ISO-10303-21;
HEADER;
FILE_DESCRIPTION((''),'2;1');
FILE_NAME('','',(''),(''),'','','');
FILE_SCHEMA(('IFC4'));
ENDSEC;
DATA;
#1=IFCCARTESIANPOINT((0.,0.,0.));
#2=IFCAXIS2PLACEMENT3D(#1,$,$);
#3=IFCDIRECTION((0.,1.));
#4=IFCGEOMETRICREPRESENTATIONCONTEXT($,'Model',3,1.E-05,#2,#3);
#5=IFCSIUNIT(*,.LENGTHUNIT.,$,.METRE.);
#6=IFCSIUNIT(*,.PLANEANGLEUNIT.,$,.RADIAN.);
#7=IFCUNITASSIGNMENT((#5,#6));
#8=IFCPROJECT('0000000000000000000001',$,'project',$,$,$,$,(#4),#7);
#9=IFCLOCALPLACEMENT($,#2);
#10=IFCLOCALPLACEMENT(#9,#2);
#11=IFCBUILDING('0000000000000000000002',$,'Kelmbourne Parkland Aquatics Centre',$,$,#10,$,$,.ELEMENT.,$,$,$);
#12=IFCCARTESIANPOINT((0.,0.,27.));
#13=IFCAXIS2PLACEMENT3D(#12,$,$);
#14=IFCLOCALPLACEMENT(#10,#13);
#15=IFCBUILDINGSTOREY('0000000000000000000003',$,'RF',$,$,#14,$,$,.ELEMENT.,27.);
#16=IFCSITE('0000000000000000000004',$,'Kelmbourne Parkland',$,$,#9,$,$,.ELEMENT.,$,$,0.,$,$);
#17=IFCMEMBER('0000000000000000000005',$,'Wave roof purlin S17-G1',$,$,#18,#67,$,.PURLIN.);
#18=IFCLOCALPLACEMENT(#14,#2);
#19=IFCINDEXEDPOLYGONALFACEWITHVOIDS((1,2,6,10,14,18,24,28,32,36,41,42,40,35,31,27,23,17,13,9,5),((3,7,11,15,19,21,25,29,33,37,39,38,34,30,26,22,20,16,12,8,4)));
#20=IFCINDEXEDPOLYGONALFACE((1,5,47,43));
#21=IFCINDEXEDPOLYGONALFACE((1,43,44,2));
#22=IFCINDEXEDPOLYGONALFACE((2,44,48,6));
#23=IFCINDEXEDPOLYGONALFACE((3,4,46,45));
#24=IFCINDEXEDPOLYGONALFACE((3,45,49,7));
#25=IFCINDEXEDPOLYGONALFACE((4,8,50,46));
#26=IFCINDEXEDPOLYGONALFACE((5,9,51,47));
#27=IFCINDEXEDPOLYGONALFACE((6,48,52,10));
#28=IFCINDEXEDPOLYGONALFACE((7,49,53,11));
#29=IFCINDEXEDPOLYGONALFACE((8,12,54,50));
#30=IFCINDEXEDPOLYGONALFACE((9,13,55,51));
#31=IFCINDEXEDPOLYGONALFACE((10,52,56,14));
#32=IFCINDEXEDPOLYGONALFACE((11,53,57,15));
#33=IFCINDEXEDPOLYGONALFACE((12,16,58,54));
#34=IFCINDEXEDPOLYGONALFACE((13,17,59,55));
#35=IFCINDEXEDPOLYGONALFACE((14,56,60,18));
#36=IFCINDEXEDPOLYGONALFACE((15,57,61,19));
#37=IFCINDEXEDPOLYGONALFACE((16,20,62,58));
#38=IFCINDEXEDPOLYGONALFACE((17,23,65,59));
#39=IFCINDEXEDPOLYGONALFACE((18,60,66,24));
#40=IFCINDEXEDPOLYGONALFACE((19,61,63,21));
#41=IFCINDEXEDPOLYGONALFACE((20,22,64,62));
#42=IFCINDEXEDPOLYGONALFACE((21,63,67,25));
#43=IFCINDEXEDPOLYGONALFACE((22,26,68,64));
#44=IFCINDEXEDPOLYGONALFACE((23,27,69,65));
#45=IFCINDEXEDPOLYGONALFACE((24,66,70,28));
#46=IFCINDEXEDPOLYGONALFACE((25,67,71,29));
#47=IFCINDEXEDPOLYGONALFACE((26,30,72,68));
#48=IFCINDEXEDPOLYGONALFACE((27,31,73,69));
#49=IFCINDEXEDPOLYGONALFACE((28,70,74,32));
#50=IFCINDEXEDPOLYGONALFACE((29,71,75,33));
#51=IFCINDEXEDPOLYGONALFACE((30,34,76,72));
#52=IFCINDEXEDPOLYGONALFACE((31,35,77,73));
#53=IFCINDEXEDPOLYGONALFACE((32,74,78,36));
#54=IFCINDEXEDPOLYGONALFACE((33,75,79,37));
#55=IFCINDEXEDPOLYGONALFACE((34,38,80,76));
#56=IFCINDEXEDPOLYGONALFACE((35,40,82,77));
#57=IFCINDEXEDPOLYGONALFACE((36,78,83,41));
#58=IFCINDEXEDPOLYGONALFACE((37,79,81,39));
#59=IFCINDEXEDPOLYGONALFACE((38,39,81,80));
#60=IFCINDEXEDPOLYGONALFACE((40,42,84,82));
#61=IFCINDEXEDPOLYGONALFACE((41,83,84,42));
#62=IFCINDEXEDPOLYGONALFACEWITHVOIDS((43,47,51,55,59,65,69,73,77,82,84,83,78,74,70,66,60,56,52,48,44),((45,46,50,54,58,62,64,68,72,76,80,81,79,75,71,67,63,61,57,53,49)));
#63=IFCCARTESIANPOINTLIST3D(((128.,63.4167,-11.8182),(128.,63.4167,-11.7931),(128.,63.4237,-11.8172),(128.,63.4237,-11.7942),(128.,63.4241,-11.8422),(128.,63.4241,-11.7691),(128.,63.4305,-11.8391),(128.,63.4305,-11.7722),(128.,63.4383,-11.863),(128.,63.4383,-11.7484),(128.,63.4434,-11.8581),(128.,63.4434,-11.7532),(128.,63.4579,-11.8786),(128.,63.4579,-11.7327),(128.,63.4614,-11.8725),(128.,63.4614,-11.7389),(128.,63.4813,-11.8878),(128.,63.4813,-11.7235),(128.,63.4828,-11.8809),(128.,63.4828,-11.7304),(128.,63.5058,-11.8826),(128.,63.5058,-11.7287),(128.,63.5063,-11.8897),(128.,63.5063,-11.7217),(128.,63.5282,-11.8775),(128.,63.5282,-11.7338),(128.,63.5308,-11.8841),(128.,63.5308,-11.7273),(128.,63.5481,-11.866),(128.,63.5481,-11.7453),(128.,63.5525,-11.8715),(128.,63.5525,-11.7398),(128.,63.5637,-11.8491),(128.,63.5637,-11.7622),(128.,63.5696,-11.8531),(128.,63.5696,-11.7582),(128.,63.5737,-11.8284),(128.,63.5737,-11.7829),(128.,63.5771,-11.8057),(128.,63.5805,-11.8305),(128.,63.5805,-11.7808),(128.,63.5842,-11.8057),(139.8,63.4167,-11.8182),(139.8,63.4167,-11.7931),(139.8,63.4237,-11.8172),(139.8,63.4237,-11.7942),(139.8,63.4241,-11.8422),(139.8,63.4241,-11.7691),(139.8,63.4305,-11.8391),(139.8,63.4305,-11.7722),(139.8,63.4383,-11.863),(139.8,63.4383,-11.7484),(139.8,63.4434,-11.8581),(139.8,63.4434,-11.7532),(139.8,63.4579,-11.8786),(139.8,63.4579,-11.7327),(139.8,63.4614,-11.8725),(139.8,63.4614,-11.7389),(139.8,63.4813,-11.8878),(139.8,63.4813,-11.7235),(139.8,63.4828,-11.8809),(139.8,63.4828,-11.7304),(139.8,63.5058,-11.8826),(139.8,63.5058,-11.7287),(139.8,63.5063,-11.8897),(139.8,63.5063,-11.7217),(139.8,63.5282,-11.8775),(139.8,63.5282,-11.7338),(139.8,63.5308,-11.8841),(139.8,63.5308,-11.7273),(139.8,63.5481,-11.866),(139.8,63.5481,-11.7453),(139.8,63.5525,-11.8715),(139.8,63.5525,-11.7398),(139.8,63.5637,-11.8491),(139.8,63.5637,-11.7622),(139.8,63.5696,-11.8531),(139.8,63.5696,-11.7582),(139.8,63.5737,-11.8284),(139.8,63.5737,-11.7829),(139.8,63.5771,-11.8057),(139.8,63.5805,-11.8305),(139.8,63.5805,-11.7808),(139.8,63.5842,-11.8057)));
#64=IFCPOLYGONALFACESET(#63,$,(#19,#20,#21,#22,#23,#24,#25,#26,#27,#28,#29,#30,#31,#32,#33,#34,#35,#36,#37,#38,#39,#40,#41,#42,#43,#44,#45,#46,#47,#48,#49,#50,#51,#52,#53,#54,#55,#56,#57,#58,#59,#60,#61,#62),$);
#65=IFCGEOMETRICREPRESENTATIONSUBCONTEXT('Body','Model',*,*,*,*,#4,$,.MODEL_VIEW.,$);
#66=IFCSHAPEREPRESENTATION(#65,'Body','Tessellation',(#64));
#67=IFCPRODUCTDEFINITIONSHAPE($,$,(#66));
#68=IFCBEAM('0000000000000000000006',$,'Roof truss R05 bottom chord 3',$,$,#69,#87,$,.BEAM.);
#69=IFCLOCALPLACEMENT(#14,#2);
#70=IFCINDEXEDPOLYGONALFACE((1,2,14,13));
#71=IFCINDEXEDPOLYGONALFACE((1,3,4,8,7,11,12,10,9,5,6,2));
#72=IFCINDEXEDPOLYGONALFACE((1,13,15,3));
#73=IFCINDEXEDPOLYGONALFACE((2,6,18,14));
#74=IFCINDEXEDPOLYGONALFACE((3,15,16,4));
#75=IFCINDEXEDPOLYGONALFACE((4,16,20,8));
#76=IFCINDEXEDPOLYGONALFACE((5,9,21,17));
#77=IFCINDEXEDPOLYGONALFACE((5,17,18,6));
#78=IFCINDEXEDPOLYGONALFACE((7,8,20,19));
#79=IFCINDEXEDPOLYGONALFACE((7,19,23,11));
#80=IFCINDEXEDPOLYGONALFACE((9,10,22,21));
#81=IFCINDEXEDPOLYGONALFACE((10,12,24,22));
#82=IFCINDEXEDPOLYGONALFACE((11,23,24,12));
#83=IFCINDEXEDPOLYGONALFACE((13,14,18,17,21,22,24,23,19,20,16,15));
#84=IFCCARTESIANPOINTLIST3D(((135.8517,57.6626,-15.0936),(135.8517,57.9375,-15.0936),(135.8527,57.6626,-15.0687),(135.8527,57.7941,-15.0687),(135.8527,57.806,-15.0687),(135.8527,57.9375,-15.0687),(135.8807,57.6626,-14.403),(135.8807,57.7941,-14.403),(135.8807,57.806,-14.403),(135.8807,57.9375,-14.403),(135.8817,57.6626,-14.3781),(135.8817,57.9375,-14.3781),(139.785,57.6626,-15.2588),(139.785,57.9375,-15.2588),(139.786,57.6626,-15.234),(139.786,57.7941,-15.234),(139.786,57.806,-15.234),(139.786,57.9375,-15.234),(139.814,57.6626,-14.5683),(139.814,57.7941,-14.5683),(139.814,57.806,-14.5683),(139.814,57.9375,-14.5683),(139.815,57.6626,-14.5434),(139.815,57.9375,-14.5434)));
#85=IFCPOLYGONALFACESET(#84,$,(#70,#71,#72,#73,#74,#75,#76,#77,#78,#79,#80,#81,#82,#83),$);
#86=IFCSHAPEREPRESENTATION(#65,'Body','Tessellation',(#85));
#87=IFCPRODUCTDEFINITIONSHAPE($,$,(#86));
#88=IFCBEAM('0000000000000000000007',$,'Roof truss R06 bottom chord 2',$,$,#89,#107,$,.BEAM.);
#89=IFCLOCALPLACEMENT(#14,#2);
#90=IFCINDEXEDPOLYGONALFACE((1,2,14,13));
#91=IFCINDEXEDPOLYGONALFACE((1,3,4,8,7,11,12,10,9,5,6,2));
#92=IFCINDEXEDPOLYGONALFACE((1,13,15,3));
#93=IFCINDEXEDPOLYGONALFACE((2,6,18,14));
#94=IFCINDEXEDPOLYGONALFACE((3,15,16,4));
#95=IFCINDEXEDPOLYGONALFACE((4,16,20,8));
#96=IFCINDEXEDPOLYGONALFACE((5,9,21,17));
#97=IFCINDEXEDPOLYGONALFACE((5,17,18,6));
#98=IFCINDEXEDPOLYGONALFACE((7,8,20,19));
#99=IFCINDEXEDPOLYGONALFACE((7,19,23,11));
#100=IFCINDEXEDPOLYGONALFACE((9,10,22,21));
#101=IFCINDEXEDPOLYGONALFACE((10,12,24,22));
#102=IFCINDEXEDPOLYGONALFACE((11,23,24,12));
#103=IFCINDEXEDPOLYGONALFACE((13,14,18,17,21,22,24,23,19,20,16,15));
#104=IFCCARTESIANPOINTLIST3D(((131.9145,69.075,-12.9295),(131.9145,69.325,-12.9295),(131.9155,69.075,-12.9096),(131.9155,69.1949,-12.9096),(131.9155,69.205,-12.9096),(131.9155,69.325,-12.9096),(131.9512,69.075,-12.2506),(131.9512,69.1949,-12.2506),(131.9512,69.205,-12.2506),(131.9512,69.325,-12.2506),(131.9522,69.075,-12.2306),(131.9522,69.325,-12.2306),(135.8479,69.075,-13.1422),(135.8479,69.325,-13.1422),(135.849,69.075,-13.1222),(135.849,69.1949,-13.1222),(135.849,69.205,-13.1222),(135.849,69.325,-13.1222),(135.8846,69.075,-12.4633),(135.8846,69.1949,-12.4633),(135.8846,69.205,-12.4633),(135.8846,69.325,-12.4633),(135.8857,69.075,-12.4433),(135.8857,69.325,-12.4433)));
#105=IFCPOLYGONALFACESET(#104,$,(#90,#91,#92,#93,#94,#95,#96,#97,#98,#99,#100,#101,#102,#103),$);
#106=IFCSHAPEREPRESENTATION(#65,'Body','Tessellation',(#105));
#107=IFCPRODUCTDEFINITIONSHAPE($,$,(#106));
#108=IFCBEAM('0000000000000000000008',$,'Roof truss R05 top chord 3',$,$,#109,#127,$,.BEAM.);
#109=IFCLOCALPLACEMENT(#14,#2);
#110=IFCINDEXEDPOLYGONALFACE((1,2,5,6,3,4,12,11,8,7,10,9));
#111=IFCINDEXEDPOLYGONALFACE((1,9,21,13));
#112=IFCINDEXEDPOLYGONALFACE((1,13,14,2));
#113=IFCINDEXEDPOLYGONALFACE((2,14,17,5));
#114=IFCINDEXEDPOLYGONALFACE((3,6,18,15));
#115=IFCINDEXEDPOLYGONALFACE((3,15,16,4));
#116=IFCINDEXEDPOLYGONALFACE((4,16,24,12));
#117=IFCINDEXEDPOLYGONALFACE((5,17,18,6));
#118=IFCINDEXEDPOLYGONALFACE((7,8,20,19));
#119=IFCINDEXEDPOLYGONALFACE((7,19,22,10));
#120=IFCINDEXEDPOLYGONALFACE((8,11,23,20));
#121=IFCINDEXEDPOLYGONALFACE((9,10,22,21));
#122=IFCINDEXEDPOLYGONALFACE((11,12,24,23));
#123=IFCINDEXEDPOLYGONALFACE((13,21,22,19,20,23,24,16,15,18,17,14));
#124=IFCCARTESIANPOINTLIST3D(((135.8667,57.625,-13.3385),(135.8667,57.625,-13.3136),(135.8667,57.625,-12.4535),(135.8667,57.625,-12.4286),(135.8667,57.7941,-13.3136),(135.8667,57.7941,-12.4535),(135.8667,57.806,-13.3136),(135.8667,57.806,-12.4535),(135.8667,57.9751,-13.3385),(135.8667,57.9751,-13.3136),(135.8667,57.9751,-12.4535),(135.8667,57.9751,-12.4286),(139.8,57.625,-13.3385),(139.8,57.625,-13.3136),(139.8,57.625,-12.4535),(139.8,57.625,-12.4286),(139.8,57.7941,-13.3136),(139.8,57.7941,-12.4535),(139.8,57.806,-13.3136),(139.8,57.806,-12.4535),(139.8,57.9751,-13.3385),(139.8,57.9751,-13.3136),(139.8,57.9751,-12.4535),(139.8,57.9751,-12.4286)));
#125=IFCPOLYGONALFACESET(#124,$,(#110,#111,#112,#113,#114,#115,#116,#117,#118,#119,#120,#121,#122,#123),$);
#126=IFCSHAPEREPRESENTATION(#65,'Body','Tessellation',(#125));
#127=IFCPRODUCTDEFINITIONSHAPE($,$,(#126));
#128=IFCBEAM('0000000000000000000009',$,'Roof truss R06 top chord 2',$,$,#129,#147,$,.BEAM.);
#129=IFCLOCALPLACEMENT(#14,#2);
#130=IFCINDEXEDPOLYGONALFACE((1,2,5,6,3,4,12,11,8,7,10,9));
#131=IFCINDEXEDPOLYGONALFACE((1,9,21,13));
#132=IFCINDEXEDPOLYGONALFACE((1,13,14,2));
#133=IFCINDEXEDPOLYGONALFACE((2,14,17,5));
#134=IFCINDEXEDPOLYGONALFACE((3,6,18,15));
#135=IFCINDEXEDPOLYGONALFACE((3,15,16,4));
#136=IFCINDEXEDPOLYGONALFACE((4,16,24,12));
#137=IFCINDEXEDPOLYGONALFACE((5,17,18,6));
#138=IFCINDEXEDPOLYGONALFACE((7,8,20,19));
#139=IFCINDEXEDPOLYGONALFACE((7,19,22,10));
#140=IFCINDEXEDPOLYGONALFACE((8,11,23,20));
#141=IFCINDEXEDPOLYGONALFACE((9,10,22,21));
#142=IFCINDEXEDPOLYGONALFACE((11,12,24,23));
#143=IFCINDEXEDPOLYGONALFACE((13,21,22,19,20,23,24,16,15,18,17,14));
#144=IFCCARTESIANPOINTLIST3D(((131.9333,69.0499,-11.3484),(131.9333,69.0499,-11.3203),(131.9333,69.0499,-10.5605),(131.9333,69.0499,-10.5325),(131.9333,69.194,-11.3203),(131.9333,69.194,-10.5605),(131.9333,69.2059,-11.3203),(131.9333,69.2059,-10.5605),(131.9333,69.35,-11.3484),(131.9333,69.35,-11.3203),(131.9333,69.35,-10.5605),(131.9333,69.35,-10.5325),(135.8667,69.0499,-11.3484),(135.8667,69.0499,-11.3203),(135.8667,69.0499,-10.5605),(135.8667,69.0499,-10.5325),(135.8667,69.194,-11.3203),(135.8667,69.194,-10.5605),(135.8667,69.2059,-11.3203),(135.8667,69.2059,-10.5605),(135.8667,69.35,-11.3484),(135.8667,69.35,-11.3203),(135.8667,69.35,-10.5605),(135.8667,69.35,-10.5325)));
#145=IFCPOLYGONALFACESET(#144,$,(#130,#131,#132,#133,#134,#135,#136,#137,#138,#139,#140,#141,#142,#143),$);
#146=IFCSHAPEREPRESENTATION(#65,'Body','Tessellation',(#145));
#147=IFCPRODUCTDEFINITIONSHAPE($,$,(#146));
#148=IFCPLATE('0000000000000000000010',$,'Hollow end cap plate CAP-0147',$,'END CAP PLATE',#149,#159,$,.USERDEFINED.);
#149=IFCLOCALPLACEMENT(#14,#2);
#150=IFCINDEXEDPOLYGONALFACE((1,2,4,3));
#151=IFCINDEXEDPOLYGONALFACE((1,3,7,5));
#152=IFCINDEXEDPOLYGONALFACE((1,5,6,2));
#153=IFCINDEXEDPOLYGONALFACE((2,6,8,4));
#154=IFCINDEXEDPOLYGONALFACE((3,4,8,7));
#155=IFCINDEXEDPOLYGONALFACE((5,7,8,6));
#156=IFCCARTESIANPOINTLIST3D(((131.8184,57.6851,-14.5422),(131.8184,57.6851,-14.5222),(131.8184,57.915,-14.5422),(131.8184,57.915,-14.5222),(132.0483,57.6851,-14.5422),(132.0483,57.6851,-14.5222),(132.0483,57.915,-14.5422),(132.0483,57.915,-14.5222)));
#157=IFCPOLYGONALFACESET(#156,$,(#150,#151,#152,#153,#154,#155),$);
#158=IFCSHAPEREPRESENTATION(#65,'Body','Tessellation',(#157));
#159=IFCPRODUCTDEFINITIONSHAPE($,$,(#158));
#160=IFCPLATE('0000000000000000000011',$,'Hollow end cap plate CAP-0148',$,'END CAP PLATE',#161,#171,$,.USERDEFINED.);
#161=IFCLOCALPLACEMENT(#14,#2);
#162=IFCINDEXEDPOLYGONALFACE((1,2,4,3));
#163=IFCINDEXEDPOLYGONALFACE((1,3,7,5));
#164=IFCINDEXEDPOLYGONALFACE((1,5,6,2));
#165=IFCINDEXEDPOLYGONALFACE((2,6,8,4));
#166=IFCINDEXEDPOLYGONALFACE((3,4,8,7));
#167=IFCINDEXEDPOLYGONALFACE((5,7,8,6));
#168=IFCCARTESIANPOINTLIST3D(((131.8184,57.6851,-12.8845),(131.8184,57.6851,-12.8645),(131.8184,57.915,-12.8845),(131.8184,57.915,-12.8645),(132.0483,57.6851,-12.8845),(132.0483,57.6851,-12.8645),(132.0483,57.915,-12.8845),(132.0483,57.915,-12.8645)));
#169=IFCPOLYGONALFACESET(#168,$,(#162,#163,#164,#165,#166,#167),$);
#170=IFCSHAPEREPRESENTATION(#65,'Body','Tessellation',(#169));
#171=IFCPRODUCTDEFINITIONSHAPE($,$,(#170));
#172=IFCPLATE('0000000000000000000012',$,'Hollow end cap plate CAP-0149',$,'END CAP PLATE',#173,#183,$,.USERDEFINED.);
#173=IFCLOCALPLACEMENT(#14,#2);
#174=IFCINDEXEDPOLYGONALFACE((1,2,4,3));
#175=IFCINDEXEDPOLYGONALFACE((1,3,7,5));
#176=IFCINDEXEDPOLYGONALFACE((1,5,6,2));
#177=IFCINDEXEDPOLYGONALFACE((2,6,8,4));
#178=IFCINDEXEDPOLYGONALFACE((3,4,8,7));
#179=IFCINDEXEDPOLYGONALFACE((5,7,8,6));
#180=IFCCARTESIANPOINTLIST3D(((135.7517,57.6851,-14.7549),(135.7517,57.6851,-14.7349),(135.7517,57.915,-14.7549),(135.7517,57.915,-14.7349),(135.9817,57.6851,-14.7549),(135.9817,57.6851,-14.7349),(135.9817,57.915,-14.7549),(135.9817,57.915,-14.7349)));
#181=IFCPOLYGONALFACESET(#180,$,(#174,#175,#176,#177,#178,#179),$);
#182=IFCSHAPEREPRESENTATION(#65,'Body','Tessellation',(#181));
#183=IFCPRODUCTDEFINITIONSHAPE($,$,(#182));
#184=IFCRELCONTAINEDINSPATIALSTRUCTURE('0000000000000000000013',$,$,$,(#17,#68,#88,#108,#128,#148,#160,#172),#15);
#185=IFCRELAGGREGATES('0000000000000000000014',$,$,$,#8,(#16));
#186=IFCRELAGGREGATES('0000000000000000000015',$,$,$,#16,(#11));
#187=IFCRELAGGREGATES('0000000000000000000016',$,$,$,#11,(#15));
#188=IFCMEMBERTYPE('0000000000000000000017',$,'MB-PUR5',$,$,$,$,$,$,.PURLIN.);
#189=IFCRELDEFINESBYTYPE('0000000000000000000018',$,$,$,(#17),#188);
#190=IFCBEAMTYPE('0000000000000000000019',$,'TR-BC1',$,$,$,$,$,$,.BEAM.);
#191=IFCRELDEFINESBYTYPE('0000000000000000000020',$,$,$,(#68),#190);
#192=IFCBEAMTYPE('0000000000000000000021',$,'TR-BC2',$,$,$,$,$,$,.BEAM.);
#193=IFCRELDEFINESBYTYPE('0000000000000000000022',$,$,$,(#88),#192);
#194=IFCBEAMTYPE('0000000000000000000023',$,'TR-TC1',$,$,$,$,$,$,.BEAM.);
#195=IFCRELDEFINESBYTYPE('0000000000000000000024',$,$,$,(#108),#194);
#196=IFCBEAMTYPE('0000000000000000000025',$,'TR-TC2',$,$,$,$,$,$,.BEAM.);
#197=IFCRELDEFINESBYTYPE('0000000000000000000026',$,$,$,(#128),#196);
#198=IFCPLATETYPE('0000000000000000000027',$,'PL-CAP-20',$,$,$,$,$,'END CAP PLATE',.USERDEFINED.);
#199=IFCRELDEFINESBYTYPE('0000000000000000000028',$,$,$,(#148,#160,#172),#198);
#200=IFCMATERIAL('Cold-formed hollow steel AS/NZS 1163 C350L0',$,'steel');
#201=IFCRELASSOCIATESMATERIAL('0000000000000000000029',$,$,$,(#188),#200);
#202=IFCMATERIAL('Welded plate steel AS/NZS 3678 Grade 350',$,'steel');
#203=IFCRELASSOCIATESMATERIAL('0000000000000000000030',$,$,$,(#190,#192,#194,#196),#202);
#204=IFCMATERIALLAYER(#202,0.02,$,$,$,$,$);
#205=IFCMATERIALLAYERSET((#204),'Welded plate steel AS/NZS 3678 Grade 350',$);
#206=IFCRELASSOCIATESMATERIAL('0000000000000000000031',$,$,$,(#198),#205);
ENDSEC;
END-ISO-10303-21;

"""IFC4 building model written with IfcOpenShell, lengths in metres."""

from ifc_helpers import new_model, si_unit, direction, frame, origin, origin_2d, place, context, subcontext, project, spatial, rectangle, hollow_circle, i_section, extrude, material, layer, layer_set, material_profile, profile_set, type_object, element, save


model = new_model("IFC4")

# Units and contexts
model_context = context("Model", 3, precision=1e-05, world=origin(), true_north=direction((0.0, 1.0)))
body_context = subcontext(model_context, "Body", "Model", "MODEL_VIEW")
ifc_project = project(units=[si_unit("LENGTHUNIT", "METRE"), si_unit("PLANEANGLEUNIT", "RADIAN")], contexts=[model_context])

# Site, building, storey
site_placement = place(None, origin())
site = spatial("IfcSite", under=ifc_project, at=site_placement, Name="Kelmbourne Parkland", CompositionType="ELEMENT", RefElevation=0.0)
building_placement = place(site_placement, origin())
building = spatial("IfcBuilding", under=site, at=building_placement, Name="Kelmbourne Parkland Aquatics Centre", CompositionType="ELEMENT")
storey_placement = place(building_placement, frame((0.0, 0.0, 27.0)))
storey = spatial("IfcBuildingStorey", under=building, at=storey_placement, Name="RF", CompositionType="ELEMENT", Elevation=27.0)

# Member
ifc_material_1 = material(Name="Cold-formed hollow steel AS/NZS 1163 C350L0", Category="steel")
ifc_material_profile_1 = material_profile(ifc_material_1, hollow_circle(Radius=0.0842, WallThickness=0.0071, at=origin_2d()), Name="CHS 168.3x7.1")
ifc_profile_set_1 = profile_set([ifc_material_profile_1], Name="Cold-formed hollow steel AS/NZS 1163 C350L0")
member_type_1 = type_object("IfcMemberType", Name="MB-PUR5", PredefinedType="PURLIN", material=ifc_profile_set_1)
member_1_placement = place(storey_placement, frame((128.0, 63.5, -11.8057), z_axis=(1.0, 0.0, 0.0), x_axis=(0.0, 1.0, 0.0)))
element("IfcMember", 1, at=member_1_placement, inside=storey, type_object=member_type_1, Name="Wave roof purlin S17-G1", PredefinedType="PURLIN", context=body_context, shape_type="SweptSolid", body=[
    extrude(hollow_circle(Radius=0.0842, WallThickness=0.0071, at=origin_2d()), origin(), (0.0, 0.0, 1.0), 11.8),
])

# Beams
ifc_material_2 = material(Name="Welded plate steel AS/NZS 3678 Grade 350", Category="steel")
ifc_material_profile_2 = material_profile(ifc_material_2, i_section(OverallWidth=0.2749, OverallDepth=0.7161, WebThickness=0.012, FlangeThickness=0.0249, at=origin_2d()), Name="700WB173")
ifc_profile_set_2 = profile_set([ifc_material_profile_2], Name="Welded plate steel AS/NZS 3678 Grade 350")
beam_type_1 = type_object("IfcBeamType", Name="TR-BC1", PredefinedType="BEAM", material=ifc_profile_set_2)
beam_1_placement = place(storey_placement, frame((135.8667, 57.8, -14.7358), z_axis=(0.999118, 0.0, -0.041984), x_axis=(0.0, 1.0, 0.0)))
element("IfcBeam", 2, at=beam_1_placement, inside=storey, type_object=beam_type_1, Name="Roof truss R05 bottom chord 3", PredefinedType="BEAM", context=body_context, shape_type="SweptSolid", body=[
    extrude(i_section(OverallWidth=0.2749, OverallDepth=0.7161, WebThickness=0.012, FlangeThickness=0.0249, at=origin_2d()), origin(), (0.0, 0.0, 1.0), 3.9368),
])
ifc_material_profile_3 = material_profile(ifc_material_2, i_section(OverallWidth=0.25, OverallDepth=0.7, WebThickness=0.01, FlangeThickness=0.02, at=origin_2d()), Name="700WB130")
ifc_profile_set_3 = profile_set([ifc_material_profile_3], Name="Welded plate steel AS/NZS 3678 Grade 350")
beam_type_2 = type_object("IfcBeamType", Name="TR-BC2", PredefinedType="BEAM", material=ifc_profile_set_3)
beam_2_placement = place(storey_placement, frame((131.9333, 69.2, -12.5801), z_axis=(0.998542, 0.0, -0.053984), x_axis=(0.0, 1.0, 0.0)))
element("IfcBeam", 3, at=beam_2_placement, inside=storey, type_object=beam_type_2, Name="Roof truss R06 bottom chord 2", PredefinedType="BEAM", context=body_context, shape_type="SweptSolid", body=[
    extrude(i_section(OverallWidth=0.25, OverallDepth=0.7, WebThickness=0.01, FlangeThickness=0.02, at=origin_2d()), origin(), (0.0, 0.0, 1.0), 3.9392),
])
ifc_material_profile_4 = material_profile(ifc_material_2, i_section(OverallWidth=0.3501, OverallDepth=0.9099, WebThickness=0.012, FlangeThickness=0.0249, at=origin_2d()), Name="900WB218")
ifc_profile_set_4 = profile_set([ifc_material_profile_4], Name="Welded plate steel AS/NZS 3678 Grade 350")
beam_type_3 = type_object("IfcBeamType", Name="TR-TC1", PredefinedType="BEAM", material=ifc_profile_set_4)
beam_3_placement = place(storey_placement, frame((135.8667, 57.8, -12.8835), z_axis=(1.0, 0.0, 0.0), x_axis=(0.0, 1.0, 0.0)))
element("IfcBeam", 4, at=beam_3_placement, inside=storey, type_object=beam_type_3, Name="Roof truss R05 top chord 3", PredefinedType="BEAM", context=body_context, shape_type="SweptSolid", body=[
    extrude(i_section(OverallWidth=0.3501, OverallDepth=0.9099, WebThickness=0.012, FlangeThickness=0.0249, at=origin_2d()), origin(), (0.0, 0.0, 1.0), 3.9333),
])
ifc_material_profile_5 = material_profile(ifc_material_2, i_section(OverallWidth=0.3, OverallDepth=0.8159, WebThickness=0.012, FlangeThickness=0.0281, at=origin_2d()), Name="800WB192")
ifc_profile_set_5 = profile_set([ifc_material_profile_5], Name="Welded plate steel AS/NZS 3678 Grade 350")
beam_type_4 = type_object("IfcBeamType", Name="TR-TC2", PredefinedType="BEAM", material=ifc_profile_set_5)
beam_4_placement = place(storey_placement, frame((131.9333, 69.2, -10.9404), z_axis=(1.0, 0.0, 0.0), x_axis=(0.0, 1.0, 0.0)))
element("IfcBeam", 5, at=beam_4_placement, inside=storey, type_object=beam_type_4, Name="Roof truss R06 top chord 2", PredefinedType="BEAM", context=body_context, shape_type="SweptSolid", body=[
    extrude(i_section(OverallWidth=0.3, OverallDepth=0.8159, WebThickness=0.012, FlangeThickness=0.0281, at=origin_2d()), origin(), (0.0, 0.0, 1.0), 3.9333),
])

# Plates
ifc_layer_1 = layer(ifc_material_2, 0.02)
ifc_layer_set_1 = layer_set([ifc_layer_1], Name="Welded plate steel AS/NZS 3678 Grade 350")
plate_type_1 = type_object("IfcPlateType", Name="PL-CAP-20", ElementType="END CAP PLATE", PredefinedType="USERDEFINED", material=ifc_layer_set_1)
for number, where, z_axis, x_axis, name in (
    (6, (131.9333, 57.8, -14.5422), (0.0, 0.0, 1.0), (1.0, 0.0, 0.0), "Hollow end cap plate CAP-0147"),
    (7, (131.9333, 57.8, -12.8845), (0.0, 0.0, 1.0), (1.0, 0.0, 0.0), "Hollow end cap plate CAP-0148"),
    (8, (135.8667, 57.8, -14.7549), (0.0, 0.0, 1.0), (1.0, 0.0, 0.0), "Hollow end cap plate CAP-0149"),
):
    element("IfcPlate", number, at=place(storey_placement, frame(where, z_axis=z_axis, x_axis=x_axis)), inside=storey, type_object=plate_type_1, Name=name, ObjectType="END CAP PLATE", PredefinedType="USERDEFINED", context=body_context, shape_type="SweptSolid", body=[
        extrude(rectangle(XDim=0.23, YDim=0.23, at=origin_2d()), origin(), (0.0, 0.0, 1.0), 0.02),
    ])

save(model, "model.ifc")
